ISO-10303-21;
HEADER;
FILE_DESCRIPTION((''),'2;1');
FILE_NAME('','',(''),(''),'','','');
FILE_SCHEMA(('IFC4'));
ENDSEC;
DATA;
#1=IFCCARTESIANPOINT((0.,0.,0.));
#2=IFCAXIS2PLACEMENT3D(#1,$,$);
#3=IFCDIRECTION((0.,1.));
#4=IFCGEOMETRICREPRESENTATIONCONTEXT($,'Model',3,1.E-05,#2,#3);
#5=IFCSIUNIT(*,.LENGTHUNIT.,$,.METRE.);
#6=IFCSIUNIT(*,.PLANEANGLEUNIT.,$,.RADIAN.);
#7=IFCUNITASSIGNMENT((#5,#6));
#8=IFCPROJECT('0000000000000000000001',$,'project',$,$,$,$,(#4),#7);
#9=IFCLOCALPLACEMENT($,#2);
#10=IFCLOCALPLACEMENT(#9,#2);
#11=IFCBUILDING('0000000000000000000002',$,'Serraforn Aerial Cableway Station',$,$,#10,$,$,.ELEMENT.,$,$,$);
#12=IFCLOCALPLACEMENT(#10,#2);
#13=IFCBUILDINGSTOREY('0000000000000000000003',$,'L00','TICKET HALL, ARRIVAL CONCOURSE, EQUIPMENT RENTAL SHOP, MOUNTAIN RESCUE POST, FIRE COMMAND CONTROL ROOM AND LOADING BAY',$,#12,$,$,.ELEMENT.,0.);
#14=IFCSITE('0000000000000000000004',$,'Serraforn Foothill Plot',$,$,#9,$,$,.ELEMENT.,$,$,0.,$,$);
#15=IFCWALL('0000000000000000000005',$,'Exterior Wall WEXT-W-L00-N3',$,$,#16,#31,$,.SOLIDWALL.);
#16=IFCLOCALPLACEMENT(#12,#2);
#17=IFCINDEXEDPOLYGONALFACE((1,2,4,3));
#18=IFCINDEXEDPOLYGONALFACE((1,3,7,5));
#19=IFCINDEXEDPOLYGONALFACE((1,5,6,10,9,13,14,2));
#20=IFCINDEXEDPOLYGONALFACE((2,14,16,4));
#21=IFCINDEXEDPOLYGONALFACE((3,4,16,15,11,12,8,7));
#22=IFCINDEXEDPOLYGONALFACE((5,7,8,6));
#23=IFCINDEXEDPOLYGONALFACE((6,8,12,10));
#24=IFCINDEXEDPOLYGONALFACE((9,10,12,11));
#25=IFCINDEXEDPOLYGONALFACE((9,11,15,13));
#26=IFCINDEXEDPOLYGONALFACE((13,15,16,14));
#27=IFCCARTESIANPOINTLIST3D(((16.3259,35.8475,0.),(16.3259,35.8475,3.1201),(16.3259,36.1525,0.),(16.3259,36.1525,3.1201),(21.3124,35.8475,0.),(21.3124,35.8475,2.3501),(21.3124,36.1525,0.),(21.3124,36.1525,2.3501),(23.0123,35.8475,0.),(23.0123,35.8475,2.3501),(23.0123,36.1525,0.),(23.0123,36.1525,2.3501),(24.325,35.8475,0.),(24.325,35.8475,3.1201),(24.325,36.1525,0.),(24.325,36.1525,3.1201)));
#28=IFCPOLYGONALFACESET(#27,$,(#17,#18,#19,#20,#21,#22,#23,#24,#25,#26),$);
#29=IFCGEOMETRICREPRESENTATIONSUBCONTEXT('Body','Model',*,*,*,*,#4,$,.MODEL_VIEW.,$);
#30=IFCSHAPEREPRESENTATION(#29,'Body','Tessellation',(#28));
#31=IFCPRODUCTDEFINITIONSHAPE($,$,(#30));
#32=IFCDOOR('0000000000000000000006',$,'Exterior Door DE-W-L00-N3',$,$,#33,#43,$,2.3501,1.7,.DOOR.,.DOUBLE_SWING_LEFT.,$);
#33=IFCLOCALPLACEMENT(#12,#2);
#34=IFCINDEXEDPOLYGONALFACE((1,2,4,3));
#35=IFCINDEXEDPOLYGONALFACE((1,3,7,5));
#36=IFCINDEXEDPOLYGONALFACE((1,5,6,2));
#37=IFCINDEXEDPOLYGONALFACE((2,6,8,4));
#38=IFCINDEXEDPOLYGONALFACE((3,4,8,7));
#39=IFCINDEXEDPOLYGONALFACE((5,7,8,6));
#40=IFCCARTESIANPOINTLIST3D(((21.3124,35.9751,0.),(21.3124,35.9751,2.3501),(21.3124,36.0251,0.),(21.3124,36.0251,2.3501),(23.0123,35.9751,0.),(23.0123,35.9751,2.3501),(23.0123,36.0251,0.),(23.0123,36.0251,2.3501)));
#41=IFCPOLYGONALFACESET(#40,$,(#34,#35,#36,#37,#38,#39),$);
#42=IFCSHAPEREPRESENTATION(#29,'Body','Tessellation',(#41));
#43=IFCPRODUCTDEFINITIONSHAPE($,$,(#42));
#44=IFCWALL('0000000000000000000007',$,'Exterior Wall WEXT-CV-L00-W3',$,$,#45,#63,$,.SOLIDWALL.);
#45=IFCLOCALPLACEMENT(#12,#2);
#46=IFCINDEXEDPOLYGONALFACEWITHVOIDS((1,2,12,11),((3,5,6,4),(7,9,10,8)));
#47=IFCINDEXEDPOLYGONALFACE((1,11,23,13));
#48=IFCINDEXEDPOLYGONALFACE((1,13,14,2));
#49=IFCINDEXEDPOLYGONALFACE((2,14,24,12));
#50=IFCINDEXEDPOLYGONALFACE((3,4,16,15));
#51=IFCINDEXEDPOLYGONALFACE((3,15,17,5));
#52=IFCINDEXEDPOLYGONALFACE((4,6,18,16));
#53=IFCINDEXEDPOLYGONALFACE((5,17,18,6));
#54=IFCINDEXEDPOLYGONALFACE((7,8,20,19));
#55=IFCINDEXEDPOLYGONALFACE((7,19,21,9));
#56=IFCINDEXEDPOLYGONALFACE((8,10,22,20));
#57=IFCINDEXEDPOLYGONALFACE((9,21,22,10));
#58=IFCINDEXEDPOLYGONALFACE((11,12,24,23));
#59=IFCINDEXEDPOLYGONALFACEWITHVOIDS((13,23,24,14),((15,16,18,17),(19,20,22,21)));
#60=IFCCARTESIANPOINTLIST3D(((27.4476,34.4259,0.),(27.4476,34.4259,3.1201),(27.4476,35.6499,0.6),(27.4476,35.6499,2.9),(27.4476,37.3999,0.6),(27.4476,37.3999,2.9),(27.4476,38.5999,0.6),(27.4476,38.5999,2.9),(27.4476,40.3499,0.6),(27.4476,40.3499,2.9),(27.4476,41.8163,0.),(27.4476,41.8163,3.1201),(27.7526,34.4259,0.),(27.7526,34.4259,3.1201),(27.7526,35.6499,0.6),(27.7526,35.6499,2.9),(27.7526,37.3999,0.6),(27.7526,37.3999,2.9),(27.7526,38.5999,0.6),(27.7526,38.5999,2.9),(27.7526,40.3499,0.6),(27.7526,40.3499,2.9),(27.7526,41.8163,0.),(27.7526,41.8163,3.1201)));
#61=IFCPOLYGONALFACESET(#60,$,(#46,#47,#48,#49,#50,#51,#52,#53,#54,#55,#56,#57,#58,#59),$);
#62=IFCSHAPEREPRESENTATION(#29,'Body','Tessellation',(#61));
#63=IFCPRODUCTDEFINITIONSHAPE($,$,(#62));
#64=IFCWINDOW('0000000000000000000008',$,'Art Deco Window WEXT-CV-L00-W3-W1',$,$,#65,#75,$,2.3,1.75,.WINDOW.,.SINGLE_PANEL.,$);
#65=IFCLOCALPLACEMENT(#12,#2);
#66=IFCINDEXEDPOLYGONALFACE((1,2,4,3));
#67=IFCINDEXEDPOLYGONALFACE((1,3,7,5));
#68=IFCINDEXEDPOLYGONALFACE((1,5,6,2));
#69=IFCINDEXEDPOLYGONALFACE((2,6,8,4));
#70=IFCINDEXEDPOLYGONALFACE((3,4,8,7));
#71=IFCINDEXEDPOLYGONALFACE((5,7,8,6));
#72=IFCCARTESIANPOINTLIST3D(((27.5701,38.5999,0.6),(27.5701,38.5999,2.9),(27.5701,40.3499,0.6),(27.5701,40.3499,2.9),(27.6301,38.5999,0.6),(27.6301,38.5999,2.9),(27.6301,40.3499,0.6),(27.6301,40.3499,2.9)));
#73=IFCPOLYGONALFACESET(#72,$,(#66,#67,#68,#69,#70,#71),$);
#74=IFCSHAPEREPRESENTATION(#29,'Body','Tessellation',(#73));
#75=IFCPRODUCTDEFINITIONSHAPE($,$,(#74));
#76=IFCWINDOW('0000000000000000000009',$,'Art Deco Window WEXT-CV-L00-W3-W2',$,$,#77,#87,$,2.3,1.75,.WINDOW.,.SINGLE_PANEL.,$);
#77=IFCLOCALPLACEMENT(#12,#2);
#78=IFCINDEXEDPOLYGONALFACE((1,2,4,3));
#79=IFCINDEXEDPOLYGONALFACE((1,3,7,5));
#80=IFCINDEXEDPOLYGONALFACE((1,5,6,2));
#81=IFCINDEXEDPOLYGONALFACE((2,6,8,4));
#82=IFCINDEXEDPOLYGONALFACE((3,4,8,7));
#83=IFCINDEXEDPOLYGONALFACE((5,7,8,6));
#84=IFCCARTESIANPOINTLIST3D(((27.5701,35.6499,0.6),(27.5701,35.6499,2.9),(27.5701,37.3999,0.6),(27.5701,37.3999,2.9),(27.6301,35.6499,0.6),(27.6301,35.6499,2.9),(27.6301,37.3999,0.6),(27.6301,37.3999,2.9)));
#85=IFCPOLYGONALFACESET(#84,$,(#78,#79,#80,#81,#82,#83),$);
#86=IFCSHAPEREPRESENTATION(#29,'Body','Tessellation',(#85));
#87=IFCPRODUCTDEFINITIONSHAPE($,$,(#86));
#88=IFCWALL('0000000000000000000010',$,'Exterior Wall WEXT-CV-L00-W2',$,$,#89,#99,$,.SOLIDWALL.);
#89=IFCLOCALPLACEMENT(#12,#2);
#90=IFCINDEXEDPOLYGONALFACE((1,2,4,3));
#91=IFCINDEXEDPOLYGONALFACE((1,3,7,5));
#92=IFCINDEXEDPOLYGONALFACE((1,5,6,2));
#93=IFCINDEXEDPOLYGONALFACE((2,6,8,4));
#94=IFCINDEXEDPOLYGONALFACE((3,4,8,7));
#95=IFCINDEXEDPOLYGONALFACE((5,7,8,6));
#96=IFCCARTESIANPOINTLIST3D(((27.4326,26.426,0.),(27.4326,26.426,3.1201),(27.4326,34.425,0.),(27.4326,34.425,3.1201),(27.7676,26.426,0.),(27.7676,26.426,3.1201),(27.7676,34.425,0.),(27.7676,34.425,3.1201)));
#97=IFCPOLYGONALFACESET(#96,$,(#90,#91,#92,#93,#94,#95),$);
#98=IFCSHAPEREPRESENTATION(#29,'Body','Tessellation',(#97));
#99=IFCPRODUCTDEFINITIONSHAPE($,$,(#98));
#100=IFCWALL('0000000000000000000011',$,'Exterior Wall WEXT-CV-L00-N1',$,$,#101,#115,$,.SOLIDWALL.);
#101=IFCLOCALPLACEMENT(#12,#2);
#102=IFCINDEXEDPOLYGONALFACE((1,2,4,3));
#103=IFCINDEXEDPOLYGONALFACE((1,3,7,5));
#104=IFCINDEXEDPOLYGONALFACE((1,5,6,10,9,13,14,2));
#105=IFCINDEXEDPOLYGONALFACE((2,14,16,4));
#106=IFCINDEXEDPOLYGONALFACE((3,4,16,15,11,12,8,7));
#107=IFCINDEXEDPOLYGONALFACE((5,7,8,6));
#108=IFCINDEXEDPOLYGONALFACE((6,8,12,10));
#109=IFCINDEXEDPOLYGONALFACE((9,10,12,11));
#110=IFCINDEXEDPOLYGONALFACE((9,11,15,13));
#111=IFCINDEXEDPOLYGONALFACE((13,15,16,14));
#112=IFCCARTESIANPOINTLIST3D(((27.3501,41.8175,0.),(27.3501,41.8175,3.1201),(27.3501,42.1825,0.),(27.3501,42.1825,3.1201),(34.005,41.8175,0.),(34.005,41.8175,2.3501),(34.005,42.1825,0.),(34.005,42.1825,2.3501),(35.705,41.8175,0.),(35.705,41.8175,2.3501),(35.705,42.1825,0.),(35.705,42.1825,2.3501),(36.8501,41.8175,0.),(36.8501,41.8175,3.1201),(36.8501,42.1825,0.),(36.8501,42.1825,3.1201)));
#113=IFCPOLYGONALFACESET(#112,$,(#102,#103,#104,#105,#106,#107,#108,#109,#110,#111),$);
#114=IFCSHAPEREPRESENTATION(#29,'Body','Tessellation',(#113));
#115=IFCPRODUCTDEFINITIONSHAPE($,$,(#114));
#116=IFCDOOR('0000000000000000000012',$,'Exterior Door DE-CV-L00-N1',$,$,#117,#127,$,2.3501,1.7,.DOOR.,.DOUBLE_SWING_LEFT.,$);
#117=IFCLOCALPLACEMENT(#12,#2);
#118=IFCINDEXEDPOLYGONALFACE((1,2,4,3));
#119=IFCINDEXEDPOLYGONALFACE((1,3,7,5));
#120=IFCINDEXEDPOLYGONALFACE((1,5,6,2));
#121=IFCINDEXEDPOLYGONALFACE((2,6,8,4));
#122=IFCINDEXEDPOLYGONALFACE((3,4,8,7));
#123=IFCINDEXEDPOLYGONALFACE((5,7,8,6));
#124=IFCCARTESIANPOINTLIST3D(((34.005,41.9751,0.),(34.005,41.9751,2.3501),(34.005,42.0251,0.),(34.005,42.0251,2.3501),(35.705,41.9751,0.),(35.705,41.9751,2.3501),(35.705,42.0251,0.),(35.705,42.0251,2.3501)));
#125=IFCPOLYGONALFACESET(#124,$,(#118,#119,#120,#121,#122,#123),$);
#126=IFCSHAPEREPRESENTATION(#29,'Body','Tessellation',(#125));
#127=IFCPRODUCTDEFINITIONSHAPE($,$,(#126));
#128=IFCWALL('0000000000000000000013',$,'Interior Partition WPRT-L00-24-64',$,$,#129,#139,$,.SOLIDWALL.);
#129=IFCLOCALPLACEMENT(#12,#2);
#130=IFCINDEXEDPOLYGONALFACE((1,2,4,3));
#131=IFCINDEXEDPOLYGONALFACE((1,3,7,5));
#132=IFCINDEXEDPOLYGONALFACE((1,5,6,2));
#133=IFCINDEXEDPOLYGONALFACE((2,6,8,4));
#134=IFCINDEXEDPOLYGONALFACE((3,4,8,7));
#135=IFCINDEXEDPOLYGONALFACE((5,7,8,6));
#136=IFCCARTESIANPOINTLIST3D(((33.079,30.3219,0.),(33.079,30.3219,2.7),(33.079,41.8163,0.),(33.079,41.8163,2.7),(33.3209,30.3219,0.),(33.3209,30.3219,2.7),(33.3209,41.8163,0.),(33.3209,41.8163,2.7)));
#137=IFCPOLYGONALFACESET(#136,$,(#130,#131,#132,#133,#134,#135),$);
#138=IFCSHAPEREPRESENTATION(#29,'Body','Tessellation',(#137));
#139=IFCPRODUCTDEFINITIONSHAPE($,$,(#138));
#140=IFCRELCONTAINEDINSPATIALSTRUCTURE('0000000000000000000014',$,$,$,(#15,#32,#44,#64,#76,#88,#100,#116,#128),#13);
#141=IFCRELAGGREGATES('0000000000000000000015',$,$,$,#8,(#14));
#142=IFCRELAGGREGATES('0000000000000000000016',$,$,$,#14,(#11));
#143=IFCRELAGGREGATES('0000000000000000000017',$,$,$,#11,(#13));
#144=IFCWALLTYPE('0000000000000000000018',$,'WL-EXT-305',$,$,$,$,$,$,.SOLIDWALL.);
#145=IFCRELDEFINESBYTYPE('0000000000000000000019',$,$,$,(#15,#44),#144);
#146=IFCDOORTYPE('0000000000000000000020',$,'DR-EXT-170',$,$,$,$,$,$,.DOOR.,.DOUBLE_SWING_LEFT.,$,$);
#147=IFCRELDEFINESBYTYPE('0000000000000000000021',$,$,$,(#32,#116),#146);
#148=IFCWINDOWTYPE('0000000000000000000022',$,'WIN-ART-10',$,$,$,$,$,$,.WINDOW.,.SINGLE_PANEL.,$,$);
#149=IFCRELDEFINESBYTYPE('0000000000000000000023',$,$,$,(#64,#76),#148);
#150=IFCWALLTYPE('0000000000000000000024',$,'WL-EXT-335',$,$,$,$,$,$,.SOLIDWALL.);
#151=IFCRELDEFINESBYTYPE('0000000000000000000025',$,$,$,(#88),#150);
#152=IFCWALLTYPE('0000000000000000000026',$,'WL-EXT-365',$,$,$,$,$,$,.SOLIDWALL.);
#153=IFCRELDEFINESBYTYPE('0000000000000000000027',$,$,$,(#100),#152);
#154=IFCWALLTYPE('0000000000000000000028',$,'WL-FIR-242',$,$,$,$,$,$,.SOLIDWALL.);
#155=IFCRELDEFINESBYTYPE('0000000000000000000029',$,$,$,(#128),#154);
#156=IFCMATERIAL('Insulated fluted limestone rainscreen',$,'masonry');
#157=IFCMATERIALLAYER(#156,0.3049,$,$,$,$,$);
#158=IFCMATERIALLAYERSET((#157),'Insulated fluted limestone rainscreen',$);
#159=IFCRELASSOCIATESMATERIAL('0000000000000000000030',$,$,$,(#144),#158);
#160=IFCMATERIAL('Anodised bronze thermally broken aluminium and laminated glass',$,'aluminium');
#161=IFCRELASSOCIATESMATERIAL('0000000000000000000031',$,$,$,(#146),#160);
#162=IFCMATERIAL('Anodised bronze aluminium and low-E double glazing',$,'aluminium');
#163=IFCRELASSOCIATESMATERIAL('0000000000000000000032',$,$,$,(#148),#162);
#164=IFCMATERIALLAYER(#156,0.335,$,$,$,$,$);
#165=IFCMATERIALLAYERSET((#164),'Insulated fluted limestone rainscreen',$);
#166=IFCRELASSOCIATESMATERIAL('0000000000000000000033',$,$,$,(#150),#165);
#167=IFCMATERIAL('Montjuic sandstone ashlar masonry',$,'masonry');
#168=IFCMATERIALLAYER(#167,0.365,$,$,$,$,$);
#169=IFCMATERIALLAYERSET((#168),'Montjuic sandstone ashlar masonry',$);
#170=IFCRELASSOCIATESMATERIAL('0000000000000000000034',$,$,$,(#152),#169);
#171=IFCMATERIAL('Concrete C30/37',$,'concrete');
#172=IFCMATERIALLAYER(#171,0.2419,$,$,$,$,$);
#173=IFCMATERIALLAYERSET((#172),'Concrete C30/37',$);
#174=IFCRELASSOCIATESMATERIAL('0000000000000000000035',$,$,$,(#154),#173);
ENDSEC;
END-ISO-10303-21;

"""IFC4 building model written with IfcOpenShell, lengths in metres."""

from ifc_helpers import new_model, si_unit, direction, frame, frame_2d, origin, place, context, subcontext, project, spatial, rectangle, extrude, material, layer, layer_set, type_object, element, fill, save


model = new_model("IFC4")

# Units and contexts
model_context = context("Model", 3, precision=1e-05, world=origin(), true_north=direction((0.0, 1.0)))
body_context = subcontext(model_context, "Body", "Model", "MODEL_VIEW")
ifc_project = project(units=[si_unit("LENGTHUNIT", "METRE"), si_unit("PLANEANGLEUNIT", "RADIAN")], contexts=[model_context])

# Site, building, storey
site_placement = place(None, origin())
site = spatial("IfcSite", under=ifc_project, at=site_placement, Name="Serraforn Foothill Plot", CompositionType="ELEMENT", RefElevation=0.0)
building_placement = place(site_placement, origin())
building = spatial("IfcBuilding", under=site, at=building_placement, Name="Serraforn Aerial Cableway Station", CompositionType="ELEMENT")
storey_placement = place(building_placement, origin())
storey = spatial("IfcBuildingStorey", under=building, at=storey_placement, Name="L00", Description="TICKET HALL, ARRIVAL CONCOURSE, EQUIPMENT RENTAL SHOP, MOUNTAIN RESCUE POST, FIRE COMMAND CONTROL ROOM AND LOADING BAY", CompositionType="ELEMENT", Elevation=0.0)

# Wall, opening, door
ifc_material_1 = material(Name="Insulated fluted limestone rainscreen", Category="masonry")
ifc_layer_1 = layer(ifc_material_1, 0.3049)
ifc_layer_set_1 = layer_set([ifc_layer_1], Name="Insulated fluted limestone rainscreen")
wall_type_1 = type_object("IfcWallType", Name="WL-EXT-305", PredefinedType="SOLIDWALL", material=ifc_layer_set_1)
wall_1_placement = place(storey_placement, frame((24.325, 36.0, 0.0), z_axis=(0.0, 0.0, 1.0), x_axis=(-1.0, 0.0, 0.0)))
wall_1 = element("IfcWall", 1, at=wall_1_placement, inside=storey, type_object=wall_type_1, Name="Exterior Wall WEXT-W-L00-N3", PredefinedType="SOLIDWALL", context=body_context, shape_type="SweptSolid", body=[
    extrude(rectangle(XDim=7.999, YDim=0.3049, at=frame_2d((3.9995, 0.0))), origin(), (0.0, 0.0, 1.0), 3.1201),
])
opening_1_placement = place(wall_1_placement, frame((1.3125, 0.0, 0.0)))
opening_1 = element("IfcOpeningElement", 2, at=opening_1_placement, cuts=wall_1, PredefinedType="OPENING", context=body_context, shape_type="SweptSolid", body=[
    extrude(rectangle(XDim=1.7, YDim=2.3501, at=frame_2d((0.8501, 1.175))), frame((0.0, 0.1624, 0.0), z_axis=(0.0, -1.0, 0.0), x_axis=(1.0, 0.0, 0.0)), (0.0, 0.0, 1.0), 0.325),
])
ifc_material_2 = material(Name="Anodised bronze thermally broken aluminium and laminated glass", Category="aluminium")
door_type_1 = type_object("IfcDoorType", Name="DR-EXT-170", OperationType="DOUBLE_SWING_LEFT", PredefinedType="DOOR", material=ifc_material_2)
door_1_placement = place(opening_1_placement, origin())
door_1 = element("IfcDoor", 3, at=door_1_placement, inside=storey, type_object=door_type_1, Name="Exterior Door DE-W-L00-N3", OperationType="DOUBLE_SWING_LEFT", OverallHeight=2.3501, OverallWidth=1.7, PredefinedType="DOOR", context=body_context, shape_type="SweptSolid", body=[
    extrude(rectangle(XDim=1.7, YDim=2.3501, at=frame_2d((0.8501, 1.175))), frame((0.0, 0.0249, 0.0), z_axis=(0.0, -1.0, 0.0), x_axis=(1.0, 0.0, 0.0)), (0.0, 0.0, 1.0), 0.05),
])
fill(opening_1, door_1)

# Wall, openings, windows
wall_2_placement = place(storey_placement, frame((27.6001, 41.8164, 0.0), z_axis=(0.0, 0.0, 1.0), x_axis=(0.0, -1.0, 0.0)))
wall_2 = element("IfcWall", 4, at=wall_2_placement, inside=storey, type_object=wall_type_1, Name="Exterior Wall WEXT-CV-L00-W3", PredefinedType="SOLIDWALL", context=body_context, shape_type="SweptSolid", body=[
    extrude(rectangle(XDim=7.3904, YDim=0.3049, at=frame_2d((3.6953, 0.0))), origin(), (0.0, 0.0, 1.0), 3.1201),
])
opening_2_placement = place(wall_2_placement, frame((1.4666, 0.0, 0.6001)))
opening_2 = element("IfcOpeningElement", 5, at=opening_2_placement, cuts=wall_2, PredefinedType="OPENING", context=body_context, shape_type="SweptSolid", body=[
    extrude(rectangle(XDim=1.75, YDim=2.3, at=frame_2d((0.875, 1.1499))), frame((0.0, 0.1624, 0.0), z_axis=(0.0, -1.0, 0.0), x_axis=(1.0, 0.0, 0.0)), (0.0, 0.0, 1.0), 0.325),
])
opening_3_placement = place(wall_2_placement, frame((4.4165, 0.0, 0.6001)))
opening_3 = element("IfcOpeningElement", 6, at=opening_3_placement, cuts=wall_2, PredefinedType="OPENING", context=body_context, shape_type="SweptSolid", body=[
    extrude(rectangle(XDim=1.75, YDim=2.3, at=frame_2d((0.875, 1.1499))), frame((0.0, 0.1624, 0.0), z_axis=(0.0, -1.0, 0.0), x_axis=(1.0, 0.0, 0.0)), (0.0, 0.0, 1.0), 0.325),
])
ifc_material_3 = material(Name="Anodised bronze aluminium and low-E double glazing", Category="aluminium")
window_type = type_object("IfcWindowType", Name="WIN-ART-10", PartitioningType="SINGLE_PANEL", PredefinedType="WINDOW", material=ifc_material_3)
window_1_placement = place(opening_2_placement, origin())
window_1 = element("IfcWindow", 7, at=window_1_placement, inside=storey, type_object=window_type, Name="Art Deco Window WEXT-CV-L00-W3-W1", OverallHeight=2.3, OverallWidth=1.75, PartitioningType="SINGLE_PANEL", PredefinedType="WINDOW", context=body_context, shape_type="SweptSolid", body=[
    extrude(rectangle(XDim=1.75, YDim=2.3, at=frame_2d((0.875, 1.1499))), frame((0.0, 0.03, 0.0), z_axis=(0.0, -1.0, 0.0), x_axis=(1.0, 0.0, 0.0)), (0.0, 0.0, 1.0), 0.0601),
])
fill(opening_2, window_1)
window_2_placement = place(opening_3_placement, origin())
window_2 = element("IfcWindow", 8, at=window_2_placement, inside=storey, type_object=window_type, Name="Art Deco Window WEXT-CV-L00-W3-W2", OverallHeight=2.3, OverallWidth=1.75, PartitioningType="SINGLE_PANEL", PredefinedType="WINDOW", context=body_context, shape_type="SweptSolid", body=[
    extrude(rectangle(XDim=1.75, YDim=2.3, at=frame_2d((0.875, 1.1499))), frame((0.0, 0.03, 0.0), z_axis=(0.0, -1.0, 0.0), x_axis=(1.0, 0.0, 0.0)), (0.0, 0.0, 1.0), 0.0601),
])
fill(opening_3, window_2)

# Wall
ifc_layer_2 = layer(ifc_material_1, 0.335)
ifc_layer_set_2 = layer_set([ifc_layer_2], Name="Insulated fluted limestone rainscreen")
wall_type_2 = type_object("IfcWallType", Name="WL-EXT-335", PredefinedType="SOLIDWALL", material=ifc_layer_set_2)
wall_3_placement = place(storey_placement, frame((27.6001, 34.425, 0.0), z_axis=(0.0, 0.0, 1.0), x_axis=(0.0, -1.0, 0.0)))
element("IfcWall", 9, at=wall_3_placement, inside=storey, type_object=wall_type_2, Name="Exterior Wall WEXT-CV-L00-W2", PredefinedType="SOLIDWALL", context=body_context, shape_type="SweptSolid", body=[
    extrude(rectangle(XDim=7.999, YDim=0.335, at=frame_2d((3.9995, 0.0))), origin(), (0.0, 0.0, 1.0), 3.1201),
])

# Wall, opening, door
ifc_material_4 = material(Name="Montjuic sandstone ashlar masonry", Category="masonry")
ifc_layer_3 = layer(ifc_material_4, 0.365)
ifc_layer_set_3 = layer_set([ifc_layer_3], Name="Montjuic sandstone ashlar masonry")
wall_type_3 = type_object("IfcWallType", Name="WL-EXT-365", PredefinedType="SOLIDWALL", material=ifc_layer_set_3)
wall_4_placement = place(storey_placement, frame((36.8501, 42.0, 0.0), z_axis=(0.0, 0.0, 1.0), x_axis=(-1.0, 0.0, 0.0)))
wall_4 = element("IfcWall", 10, at=wall_4_placement, inside=storey, type_object=wall_type_3, Name="Exterior Wall WEXT-CV-L00-N1", PredefinedType="SOLIDWALL", context=body_context, shape_type="SweptSolid", body=[
    extrude(rectangle(XDim=9.5, YDim=0.365, at=frame_2d((4.75, 0.0))), origin(), (0.0, 0.0, 1.0), 3.1201),
])
opening_4_placement = place(wall_4_placement, frame((1.145, 0.0, 0.0)))
opening_4 = element("IfcOpeningElement", 11, at=opening_4_placement, cuts=wall_4, PredefinedType="OPENING", context=body_context, shape_type="SweptSolid", body=[
    extrude(rectangle(XDim=1.7, YDim=2.3501, at=frame_2d((0.8501, 1.175))), frame((0.0, 0.1924, 0.0), z_axis=(0.0, -1.0, 0.0), x_axis=(1.0, 0.0, 0.0)), (0.0, 0.0, 1.0), 0.385),
])
door_2_placement = place(opening_4_placement, origin())
door_2 = element("IfcDoor", 12, at=door_2_placement, inside=storey, type_object=door_type_1, Name="Exterior Door DE-CV-L00-N1", OperationType="DOUBLE_SWING_LEFT", OverallHeight=2.3501, OverallWidth=1.7, PredefinedType="DOOR", context=body_context, shape_type="SweptSolid", body=[
    extrude(rectangle(XDim=1.7, YDim=2.3501, at=frame_2d((0.8501, 1.175))), frame((0.0, 0.0249, 0.0), z_axis=(0.0, -1.0, 0.0), x_axis=(1.0, 0.0, 0.0)), (0.0, 0.0, 1.0), 0.05),
])
fill(opening_4, door_2)

# Wall
ifc_material_5 = material(Name="Concrete C30/37", Category="concrete")
ifc_layer_4 = layer(ifc_material_5, 0.2419)
ifc_layer_set_4 = layer_set([ifc_layer_4], Name="Concrete C30/37")
wall_type_4 = type_object("IfcWallType", Name="WL-FIR-242", PredefinedType="SOLIDWALL", material=ifc_layer_set_4)
wall_5_placement = place(storey_placement, frame((33.2, 30.322, 0.0), z_axis=(0.0, 0.0, 1.0), x_axis=(0.0, 1.0, 0.0)))
element("IfcWall", 13, at=wall_5_placement, inside=storey, type_object=wall_type_4, Name="Interior Partition WPRT-L00-24-64", PredefinedType="SOLIDWALL", context=body_context, shape_type="SweptSolid", body=[
    extrude(rectangle(XDim=11.4944, YDim=0.2419, at=frame_2d((5.7471, 0.0))), origin(), (0.0, 0.0, 1.0), 2.7),
])

save(model, "model.ifc")
